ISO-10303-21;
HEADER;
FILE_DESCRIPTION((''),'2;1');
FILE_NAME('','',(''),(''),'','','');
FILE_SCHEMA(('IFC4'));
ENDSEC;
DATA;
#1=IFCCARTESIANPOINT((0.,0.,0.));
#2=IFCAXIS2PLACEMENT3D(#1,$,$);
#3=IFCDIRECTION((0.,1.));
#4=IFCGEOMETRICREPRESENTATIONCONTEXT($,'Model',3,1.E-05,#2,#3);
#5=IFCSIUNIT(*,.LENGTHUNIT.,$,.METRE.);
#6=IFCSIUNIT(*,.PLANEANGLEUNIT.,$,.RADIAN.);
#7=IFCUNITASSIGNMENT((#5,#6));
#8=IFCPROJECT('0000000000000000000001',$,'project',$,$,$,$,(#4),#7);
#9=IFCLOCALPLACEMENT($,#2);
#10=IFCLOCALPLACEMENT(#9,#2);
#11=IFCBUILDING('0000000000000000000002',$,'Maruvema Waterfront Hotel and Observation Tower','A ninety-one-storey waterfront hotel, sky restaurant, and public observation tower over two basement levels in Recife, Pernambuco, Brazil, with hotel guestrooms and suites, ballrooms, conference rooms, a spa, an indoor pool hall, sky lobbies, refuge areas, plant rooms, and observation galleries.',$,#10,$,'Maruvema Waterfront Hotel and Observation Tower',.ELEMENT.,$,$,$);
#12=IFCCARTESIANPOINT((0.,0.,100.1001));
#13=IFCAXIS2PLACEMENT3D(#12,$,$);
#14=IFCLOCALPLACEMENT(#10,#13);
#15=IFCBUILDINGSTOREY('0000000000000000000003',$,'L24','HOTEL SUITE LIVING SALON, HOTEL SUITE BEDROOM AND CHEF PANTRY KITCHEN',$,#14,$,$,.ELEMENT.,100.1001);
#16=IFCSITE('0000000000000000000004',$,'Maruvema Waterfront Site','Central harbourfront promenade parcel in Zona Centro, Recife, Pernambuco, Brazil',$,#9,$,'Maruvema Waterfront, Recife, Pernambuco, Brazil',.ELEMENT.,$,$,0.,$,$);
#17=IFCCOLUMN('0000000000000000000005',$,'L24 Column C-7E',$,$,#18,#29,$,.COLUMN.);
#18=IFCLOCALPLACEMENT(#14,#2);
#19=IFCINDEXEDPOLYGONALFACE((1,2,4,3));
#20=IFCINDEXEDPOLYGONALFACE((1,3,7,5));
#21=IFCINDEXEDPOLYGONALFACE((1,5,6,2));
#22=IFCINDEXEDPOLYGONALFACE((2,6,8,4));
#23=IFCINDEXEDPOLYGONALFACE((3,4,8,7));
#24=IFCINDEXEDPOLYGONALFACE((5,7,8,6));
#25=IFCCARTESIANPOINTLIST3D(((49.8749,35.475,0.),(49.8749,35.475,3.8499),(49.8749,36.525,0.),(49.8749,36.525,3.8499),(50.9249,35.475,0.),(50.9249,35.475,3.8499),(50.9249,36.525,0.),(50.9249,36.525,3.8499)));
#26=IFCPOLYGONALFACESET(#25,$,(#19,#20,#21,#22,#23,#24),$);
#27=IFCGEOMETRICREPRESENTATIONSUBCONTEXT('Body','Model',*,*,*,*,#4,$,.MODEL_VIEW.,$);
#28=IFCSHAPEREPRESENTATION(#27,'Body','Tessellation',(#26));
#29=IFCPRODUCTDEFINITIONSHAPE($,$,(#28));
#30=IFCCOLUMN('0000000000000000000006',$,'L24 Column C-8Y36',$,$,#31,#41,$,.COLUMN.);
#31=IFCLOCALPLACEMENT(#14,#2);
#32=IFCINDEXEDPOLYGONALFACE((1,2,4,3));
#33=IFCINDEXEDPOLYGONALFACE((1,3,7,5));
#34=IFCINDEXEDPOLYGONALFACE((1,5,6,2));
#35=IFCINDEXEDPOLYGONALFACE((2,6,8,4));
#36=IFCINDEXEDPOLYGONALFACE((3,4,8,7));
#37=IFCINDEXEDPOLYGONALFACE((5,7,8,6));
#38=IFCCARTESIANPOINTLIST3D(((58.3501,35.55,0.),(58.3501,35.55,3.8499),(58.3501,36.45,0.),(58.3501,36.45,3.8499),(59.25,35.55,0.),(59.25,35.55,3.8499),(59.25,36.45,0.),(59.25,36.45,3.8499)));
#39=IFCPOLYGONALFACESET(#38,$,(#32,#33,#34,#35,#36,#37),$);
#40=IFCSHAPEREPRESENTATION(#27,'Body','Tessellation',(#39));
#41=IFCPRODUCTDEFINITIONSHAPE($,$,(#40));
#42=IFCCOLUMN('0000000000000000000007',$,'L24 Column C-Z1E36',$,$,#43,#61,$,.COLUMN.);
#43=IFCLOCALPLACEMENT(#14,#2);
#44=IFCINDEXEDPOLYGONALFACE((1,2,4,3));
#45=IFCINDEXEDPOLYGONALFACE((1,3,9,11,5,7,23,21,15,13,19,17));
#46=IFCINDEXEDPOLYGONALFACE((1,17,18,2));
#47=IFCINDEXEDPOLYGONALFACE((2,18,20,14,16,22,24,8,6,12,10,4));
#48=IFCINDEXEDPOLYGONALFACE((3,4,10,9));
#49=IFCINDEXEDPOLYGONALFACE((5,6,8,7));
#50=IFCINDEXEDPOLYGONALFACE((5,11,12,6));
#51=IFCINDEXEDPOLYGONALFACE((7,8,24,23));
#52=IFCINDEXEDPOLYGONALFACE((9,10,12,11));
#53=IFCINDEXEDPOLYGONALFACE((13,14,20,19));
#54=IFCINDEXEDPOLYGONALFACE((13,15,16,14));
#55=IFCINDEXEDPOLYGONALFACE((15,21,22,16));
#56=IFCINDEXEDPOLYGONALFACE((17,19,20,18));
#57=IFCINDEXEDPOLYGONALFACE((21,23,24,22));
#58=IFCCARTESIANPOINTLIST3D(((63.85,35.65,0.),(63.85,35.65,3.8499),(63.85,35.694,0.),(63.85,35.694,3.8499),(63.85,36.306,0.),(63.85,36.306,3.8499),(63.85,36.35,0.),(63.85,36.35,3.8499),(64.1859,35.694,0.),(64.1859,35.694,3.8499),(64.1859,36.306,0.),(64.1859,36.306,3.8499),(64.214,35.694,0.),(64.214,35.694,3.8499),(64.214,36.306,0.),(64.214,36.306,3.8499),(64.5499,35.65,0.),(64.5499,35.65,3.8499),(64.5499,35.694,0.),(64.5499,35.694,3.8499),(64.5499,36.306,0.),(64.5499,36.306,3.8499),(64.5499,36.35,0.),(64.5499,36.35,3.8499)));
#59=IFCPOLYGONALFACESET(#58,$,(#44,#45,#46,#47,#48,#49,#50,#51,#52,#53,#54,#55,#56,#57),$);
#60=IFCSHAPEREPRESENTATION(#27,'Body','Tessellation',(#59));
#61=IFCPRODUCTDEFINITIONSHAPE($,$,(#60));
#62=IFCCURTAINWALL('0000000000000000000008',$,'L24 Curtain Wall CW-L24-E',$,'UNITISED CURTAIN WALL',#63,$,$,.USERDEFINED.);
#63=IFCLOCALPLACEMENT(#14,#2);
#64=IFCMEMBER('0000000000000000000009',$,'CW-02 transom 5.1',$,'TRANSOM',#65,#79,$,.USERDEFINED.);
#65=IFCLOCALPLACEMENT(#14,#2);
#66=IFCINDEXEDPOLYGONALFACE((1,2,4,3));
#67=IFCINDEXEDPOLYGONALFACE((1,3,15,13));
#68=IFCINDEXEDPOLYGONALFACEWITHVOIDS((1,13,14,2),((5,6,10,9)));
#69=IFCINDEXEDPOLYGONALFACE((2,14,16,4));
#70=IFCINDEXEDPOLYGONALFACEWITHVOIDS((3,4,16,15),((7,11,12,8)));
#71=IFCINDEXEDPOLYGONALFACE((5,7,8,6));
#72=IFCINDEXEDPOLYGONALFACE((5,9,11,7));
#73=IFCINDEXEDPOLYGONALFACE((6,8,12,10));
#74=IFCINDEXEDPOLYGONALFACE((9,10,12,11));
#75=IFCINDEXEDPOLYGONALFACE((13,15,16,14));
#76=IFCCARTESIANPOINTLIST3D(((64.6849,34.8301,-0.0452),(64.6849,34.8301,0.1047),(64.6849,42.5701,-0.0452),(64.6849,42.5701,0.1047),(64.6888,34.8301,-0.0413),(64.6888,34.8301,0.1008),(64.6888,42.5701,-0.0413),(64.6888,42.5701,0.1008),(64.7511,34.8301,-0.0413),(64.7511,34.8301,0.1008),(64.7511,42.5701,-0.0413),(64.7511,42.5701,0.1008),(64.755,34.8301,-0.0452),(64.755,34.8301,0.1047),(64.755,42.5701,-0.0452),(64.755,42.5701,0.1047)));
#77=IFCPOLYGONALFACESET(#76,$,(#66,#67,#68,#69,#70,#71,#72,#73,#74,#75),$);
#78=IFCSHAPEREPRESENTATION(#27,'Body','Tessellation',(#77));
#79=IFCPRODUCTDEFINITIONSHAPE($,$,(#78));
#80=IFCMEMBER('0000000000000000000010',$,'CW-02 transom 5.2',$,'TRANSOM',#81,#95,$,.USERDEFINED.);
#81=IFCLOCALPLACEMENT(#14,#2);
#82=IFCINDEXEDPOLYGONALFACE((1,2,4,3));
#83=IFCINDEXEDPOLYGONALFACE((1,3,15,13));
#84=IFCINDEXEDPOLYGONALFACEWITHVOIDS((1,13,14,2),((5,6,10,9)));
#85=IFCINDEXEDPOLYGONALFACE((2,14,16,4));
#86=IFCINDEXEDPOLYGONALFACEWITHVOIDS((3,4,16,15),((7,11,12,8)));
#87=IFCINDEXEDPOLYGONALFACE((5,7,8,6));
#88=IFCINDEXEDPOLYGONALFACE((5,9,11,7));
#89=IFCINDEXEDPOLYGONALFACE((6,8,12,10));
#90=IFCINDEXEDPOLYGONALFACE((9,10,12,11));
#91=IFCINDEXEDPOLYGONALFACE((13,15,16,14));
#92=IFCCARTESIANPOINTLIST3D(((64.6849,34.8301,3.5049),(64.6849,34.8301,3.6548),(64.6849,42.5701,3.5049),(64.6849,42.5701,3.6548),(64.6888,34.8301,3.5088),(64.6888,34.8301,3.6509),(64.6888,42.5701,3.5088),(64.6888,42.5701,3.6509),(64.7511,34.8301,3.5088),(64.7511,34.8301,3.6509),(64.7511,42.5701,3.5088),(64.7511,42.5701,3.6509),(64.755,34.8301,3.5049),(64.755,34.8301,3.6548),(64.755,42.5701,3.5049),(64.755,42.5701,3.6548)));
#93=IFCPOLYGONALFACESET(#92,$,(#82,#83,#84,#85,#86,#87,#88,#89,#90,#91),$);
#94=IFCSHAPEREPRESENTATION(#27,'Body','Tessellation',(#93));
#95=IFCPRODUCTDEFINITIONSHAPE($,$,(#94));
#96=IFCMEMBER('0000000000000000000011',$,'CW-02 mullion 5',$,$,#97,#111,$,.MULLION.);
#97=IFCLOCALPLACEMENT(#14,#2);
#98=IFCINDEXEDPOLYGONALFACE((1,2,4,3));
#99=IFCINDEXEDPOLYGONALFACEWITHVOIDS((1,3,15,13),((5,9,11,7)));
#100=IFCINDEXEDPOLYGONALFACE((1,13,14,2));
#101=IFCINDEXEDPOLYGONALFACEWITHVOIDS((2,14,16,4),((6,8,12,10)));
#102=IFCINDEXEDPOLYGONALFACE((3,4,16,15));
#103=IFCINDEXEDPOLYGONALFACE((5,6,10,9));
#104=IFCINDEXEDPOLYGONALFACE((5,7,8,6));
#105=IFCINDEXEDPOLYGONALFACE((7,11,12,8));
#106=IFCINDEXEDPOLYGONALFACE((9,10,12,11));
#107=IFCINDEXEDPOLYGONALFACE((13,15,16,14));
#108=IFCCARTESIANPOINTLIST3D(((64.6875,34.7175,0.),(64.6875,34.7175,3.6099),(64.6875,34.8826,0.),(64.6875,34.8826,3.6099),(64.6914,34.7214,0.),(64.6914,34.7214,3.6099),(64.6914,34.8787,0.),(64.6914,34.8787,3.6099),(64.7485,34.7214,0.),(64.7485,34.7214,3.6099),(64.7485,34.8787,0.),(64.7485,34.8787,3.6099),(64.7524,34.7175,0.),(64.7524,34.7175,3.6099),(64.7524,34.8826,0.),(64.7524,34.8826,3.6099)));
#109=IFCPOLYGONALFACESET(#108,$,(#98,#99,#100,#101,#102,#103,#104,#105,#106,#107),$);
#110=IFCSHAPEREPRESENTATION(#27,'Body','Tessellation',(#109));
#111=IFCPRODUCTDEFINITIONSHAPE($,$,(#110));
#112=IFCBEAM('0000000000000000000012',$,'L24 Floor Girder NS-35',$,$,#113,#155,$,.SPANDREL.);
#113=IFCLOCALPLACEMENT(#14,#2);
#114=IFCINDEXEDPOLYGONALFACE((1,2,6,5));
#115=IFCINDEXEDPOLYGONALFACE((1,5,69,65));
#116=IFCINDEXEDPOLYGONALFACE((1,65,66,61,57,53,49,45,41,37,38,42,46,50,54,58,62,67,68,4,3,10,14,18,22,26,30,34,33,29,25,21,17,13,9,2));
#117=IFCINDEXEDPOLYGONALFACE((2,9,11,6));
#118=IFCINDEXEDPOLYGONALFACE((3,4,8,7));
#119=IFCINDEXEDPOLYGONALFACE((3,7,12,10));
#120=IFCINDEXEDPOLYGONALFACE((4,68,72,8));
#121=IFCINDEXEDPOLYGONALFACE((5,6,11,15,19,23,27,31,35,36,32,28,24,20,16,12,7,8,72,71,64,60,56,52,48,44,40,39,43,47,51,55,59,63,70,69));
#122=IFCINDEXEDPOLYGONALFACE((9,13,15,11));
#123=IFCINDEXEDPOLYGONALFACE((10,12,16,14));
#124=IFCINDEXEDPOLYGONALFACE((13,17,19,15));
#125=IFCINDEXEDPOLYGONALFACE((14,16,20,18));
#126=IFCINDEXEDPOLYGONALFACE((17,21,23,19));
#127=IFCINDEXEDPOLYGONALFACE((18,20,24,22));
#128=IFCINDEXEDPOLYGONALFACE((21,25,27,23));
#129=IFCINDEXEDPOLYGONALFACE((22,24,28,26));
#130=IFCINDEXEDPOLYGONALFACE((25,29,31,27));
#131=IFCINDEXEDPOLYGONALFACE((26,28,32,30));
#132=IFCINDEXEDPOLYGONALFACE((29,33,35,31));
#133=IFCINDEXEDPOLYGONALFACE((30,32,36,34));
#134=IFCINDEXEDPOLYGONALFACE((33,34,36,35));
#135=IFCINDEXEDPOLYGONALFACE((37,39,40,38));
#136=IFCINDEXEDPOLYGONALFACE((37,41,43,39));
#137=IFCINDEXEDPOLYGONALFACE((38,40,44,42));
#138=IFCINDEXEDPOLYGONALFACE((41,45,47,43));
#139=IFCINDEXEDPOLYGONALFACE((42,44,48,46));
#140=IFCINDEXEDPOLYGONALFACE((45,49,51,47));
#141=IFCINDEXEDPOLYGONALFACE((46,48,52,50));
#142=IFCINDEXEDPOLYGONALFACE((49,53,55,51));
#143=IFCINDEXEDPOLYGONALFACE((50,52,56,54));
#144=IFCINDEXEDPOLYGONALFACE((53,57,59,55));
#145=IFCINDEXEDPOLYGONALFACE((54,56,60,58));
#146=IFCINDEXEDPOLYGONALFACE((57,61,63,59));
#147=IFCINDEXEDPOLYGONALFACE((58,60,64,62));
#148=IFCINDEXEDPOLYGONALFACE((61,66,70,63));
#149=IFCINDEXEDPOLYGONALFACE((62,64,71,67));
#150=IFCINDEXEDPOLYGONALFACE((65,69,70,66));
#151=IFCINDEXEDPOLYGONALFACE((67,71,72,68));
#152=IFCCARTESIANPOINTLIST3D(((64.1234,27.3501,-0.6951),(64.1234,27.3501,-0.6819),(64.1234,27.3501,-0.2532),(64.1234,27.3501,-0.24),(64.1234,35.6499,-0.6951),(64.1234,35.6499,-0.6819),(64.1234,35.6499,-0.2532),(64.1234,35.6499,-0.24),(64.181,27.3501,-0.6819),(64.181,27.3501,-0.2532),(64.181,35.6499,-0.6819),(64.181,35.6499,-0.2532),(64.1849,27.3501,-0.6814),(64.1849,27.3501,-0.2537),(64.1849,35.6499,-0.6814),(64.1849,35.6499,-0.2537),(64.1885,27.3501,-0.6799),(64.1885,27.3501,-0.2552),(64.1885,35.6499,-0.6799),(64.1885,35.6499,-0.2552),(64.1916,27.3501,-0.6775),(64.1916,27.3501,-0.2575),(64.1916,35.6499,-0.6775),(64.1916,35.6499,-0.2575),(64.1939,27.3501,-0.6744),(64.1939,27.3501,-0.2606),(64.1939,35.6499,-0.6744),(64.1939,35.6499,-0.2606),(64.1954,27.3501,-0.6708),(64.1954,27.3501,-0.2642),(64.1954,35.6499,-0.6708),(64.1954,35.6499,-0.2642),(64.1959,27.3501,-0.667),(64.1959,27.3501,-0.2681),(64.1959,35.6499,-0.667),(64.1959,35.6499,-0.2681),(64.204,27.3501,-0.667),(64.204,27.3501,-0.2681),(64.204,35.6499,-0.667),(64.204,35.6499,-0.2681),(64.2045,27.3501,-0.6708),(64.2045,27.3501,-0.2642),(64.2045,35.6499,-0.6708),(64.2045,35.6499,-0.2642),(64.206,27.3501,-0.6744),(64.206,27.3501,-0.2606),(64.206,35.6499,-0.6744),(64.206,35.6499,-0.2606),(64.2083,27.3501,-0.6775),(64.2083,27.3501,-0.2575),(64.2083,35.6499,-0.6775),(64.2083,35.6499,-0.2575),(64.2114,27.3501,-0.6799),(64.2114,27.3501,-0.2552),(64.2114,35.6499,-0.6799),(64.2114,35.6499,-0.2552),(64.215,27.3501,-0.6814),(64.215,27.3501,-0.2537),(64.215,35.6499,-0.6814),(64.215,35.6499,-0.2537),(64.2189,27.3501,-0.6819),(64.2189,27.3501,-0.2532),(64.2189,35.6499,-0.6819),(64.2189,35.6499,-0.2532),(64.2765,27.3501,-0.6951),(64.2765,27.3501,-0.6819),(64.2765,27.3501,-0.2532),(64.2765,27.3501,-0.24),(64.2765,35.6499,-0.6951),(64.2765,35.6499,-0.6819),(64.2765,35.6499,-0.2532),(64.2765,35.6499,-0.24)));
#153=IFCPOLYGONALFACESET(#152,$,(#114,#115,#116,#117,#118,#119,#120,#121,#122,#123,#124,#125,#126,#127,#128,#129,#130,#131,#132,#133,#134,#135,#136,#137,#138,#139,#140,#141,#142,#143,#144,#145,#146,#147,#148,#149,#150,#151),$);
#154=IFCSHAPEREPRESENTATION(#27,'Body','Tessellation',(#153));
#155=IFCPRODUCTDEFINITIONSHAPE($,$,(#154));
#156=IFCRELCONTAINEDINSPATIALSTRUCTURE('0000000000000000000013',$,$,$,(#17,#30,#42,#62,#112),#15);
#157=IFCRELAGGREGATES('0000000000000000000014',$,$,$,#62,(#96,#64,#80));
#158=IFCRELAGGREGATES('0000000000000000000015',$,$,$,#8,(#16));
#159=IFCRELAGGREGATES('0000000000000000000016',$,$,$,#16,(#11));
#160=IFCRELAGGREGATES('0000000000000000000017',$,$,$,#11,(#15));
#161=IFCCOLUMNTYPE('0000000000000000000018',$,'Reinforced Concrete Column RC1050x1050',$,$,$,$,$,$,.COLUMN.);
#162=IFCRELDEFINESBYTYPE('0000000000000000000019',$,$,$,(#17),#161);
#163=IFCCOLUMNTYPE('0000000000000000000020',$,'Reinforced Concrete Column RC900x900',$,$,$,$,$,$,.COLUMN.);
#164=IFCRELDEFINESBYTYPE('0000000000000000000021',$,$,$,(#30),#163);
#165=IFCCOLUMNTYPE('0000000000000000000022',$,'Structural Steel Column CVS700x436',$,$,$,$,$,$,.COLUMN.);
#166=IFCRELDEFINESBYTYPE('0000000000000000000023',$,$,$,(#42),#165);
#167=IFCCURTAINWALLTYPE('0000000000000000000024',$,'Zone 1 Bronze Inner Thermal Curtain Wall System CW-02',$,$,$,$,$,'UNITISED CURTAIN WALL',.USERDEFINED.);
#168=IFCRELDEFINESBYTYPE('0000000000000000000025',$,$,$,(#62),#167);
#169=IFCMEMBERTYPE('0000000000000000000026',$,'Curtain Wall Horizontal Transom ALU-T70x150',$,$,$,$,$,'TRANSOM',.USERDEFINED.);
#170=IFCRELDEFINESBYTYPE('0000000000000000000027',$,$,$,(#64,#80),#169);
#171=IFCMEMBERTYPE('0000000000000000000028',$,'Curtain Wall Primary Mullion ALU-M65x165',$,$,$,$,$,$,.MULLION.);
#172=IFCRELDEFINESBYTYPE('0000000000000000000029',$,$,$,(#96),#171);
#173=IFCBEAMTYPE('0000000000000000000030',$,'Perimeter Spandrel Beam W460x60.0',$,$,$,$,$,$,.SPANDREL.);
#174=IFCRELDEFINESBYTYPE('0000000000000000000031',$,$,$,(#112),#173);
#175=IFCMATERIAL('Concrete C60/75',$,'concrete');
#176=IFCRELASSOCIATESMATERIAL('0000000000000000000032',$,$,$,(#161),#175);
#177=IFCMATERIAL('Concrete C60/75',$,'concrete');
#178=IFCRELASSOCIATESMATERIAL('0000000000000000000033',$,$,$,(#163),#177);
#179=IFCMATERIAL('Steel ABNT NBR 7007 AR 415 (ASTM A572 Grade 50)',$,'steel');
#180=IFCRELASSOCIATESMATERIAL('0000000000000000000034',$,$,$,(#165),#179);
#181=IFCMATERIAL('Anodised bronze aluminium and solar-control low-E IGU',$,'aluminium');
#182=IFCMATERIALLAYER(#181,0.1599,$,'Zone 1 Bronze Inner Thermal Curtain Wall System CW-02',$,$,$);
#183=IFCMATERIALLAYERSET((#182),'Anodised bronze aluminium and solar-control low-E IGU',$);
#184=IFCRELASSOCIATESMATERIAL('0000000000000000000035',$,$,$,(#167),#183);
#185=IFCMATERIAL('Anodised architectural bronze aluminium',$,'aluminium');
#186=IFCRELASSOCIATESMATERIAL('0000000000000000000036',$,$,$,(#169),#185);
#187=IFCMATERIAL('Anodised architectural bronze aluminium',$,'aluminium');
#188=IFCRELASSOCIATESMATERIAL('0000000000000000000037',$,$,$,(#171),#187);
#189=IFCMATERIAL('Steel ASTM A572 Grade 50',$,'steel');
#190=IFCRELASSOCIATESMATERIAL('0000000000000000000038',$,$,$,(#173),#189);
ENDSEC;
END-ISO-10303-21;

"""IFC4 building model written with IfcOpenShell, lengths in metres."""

from ifc_helpers import new_model, si_unit, direction, frame, origin, origin_2d, place, context, subcontext, project, spatial, rectangle, hollow_rectangle, i_section, extrude, material, layer, layer_set, material_profile, profile_set, type_object, element, aggregate, save


model = new_model("IFC4")

# Units and contexts
model_context = context("Model", 3, precision=1e-05, world=origin(), true_north=direction((0.0, 1.0)))
body_context = subcontext(model_context, "Body", "Model", "MODEL_VIEW")
ifc_project = project(units=[si_unit("LENGTHUNIT", "METRE"), si_unit("PLANEANGLEUNIT", "RADIAN")], contexts=[model_context])

# Site, building, storey
site_placement = place(None, origin())
site = spatial("IfcSite", under=ifc_project, at=site_placement, Name="Maruvema Waterfront Site", Description="Central harbourfront promenade parcel in Zona Centro, Recife, Pernambuco, Brazil", LongName="Maruvema Waterfront, Recife, Pernambuco, Brazil", CompositionType="ELEMENT", RefElevation=0.0)
building_placement = place(site_placement, origin())
building = spatial("IfcBuilding", under=site, at=building_placement, Name="Maruvema Waterfront Hotel and Observation Tower", Description="A ninety-one-storey waterfront hotel, sky restaurant, and public observation tower over two basement levels in Recife, Pernambuco, Brazil, with hotel guestrooms and suites, ballrooms, conference rooms, a spa, an indoor pool hall, sky lobbies, refuge areas, plant rooms, and observation galleries.", LongName="Maruvema Waterfront Hotel and Observation Tower", CompositionType="ELEMENT")
storey_placement = place(building_placement, frame((0.0, 0.0, 100.1001)))
storey = spatial("IfcBuildingStorey", under=building, at=storey_placement, Name="L24", Description="HOTEL SUITE LIVING SALON, HOTEL SUITE BEDROOM AND CHEF PANTRY KITCHEN", CompositionType="ELEMENT", Elevation=100.1001)

# Columns
ifc_material_1 = material(Name="Concrete C60/75", Category="concrete")
ifc_material_profile_1 = material_profile(ifc_material_1, rectangle(XDim=1.05, YDim=1.05, at=origin_2d()), Name="RC1050x1050")
ifc_profile_set_1 = profile_set([ifc_material_profile_1], Name="Concrete C60/75")
column_type_1 = type_object("IfcColumnType", Name="Reinforced Concrete Column RC1050x1050", PredefinedType="COLUMN", material=ifc_profile_set_1)
column_1_placement = place(storey_placement, frame((50.3999, 36.0, 0.0), z_axis=(0.0, 0.0, 1.0), x_axis=(1.0, 0.0, 0.0)))
element("IfcColumn", 1, at=column_1_placement, inside=storey, type_object=column_type_1, Name="L24 Column C-7E", PredefinedType="COLUMN", context=body_context, shape_type="SweptSolid", body=[
    extrude(rectangle(XDim=1.05, YDim=1.05, at=origin_2d()), origin(), (0.0, 0.0, 1.0), 3.8499),
])
ifc_material_2 = material(Name="Concrete C60/75", Category="concrete")
ifc_material_profile_2 = material_profile(ifc_material_2, rectangle(XDim=0.8999, YDim=0.8999, at=origin_2d()), Name="RC900x900")
ifc_profile_set_2 = profile_set([ifc_material_profile_2], Name="Concrete C60/75")
column_type_2 = type_object("IfcColumnType", Name="Reinforced Concrete Column RC900x900", PredefinedType="COLUMN", material=ifc_profile_set_2)
column_2_placement = place(storey_placement, frame((58.8, 36.0, 0.0), z_axis=(0.0, 0.0, 1.0), x_axis=(1.0, 0.0, 0.0)))
element("IfcColumn", 2, at=column_2_placement, inside=storey, type_object=column_type_2, Name="L24 Column C-8Y36", PredefinedType="COLUMN", context=body_context, shape_type="SweptSolid", body=[
    extrude(rectangle(XDim=0.8999, YDim=0.8999, at=origin_2d()), origin(), (0.0, 0.0, 1.0), 3.8499),
])
ifc_material_3 = material(Name="Steel ABNT NBR 7007 AR 415 (ASTM A572 Grade 50)", Category="steel")
ifc_material_profile_3 = material_profile(ifc_material_3, i_section(OverallWidth=0.7, OverallDepth=0.7, WebThickness=0.0281, FlangeThickness=0.0439, at=origin_2d()), Name="CVS700x436")
ifc_profile_set_3 = profile_set([ifc_material_profile_3], Name="Steel ABNT NBR 7007 AR 415 (ASTM A572 Grade 50)")
column_type_3 = type_object("IfcColumnType", Name="Structural Steel Column CVS700x436", PredefinedType="COLUMN", material=ifc_profile_set_3)
column_3_placement = place(storey_placement, frame((64.2, 36.0, 0.0), z_axis=(0.0, 0.0, 1.0), x_axis=(1.0, 0.0, 0.0)))
element("IfcColumn", 3, at=column_3_placement, inside=storey, type_object=column_type_3, Name="L24 Column C-Z1E36", PredefinedType="COLUMN", context=body_context, shape_type="SweptSolid", body=[
    extrude(i_section(OverallWidth=0.7, OverallDepth=0.7, WebThickness=0.0281, FlangeThickness=0.0439, at=origin_2d()), origin(), (0.0, 0.0, 1.0), 3.8499),
])

# Curtain wall, members
ifc_material_4 = material(Name="Anodised bronze aluminium and solar-control low-E IGU", Category="aluminium")
ifc_layer_1 = layer(ifc_material_4, 0.1599, Name="Zone 1 Bronze Inner Thermal Curtain Wall System CW-02")
ifc_layer_set_1 = layer_set([ifc_layer_1], Name="Anodised bronze aluminium and solar-control low-E IGU")
curtain_wall_type = type_object("IfcCurtainWallType", Name="Zone 1 Bronze Inner Thermal Curtain Wall System CW-02", ElementType="UNITISED CURTAIN WALL", PredefinedType="USERDEFINED", material=ifc_layer_set_1)
curtain_wall_placement = place(storey_placement, origin())
curtain_wall = element("IfcCurtainWall", 4, at=curtain_wall_placement, inside=storey, type_object=curtain_wall_type, Name="L24 Curtain Wall CW-L24-E", ObjectType="UNITISED CURTAIN WALL", PredefinedType="USERDEFINED")
ifc_material_5 = material(Name="Anodised architectural bronze aluminium", Category="aluminium")
ifc_material_profile_4 = material_profile(ifc_material_5, hollow_rectangle(XDim=0.0701, YDim=0.1499, WallThickness=0.0039, at=origin_2d()), Name="ALU-T70x150")
ifc_profile_set_4 = profile_set([ifc_material_profile_4], Name="Anodised architectural bronze aluminium")
member_type_1 = type_object("IfcMemberType", Name="Curtain Wall Horizontal Transom ALU-T70x150", ElementType="TRANSOM", PredefinedType="USERDEFINED", material=ifc_profile_set_4)
member_1_placement = place(storey_placement, frame((64.72, 34.8301, 0.0298), z_axis=(0.0, 1.0, 0.0), x_axis=(-1.0, 0.0, 0.0)))
member_1 = element("IfcMember", 5, at=member_1_placement, type_object=member_type_1, Name="CW-02 transom 5.1", ObjectType="TRANSOM", PredefinedType="USERDEFINED", context=body_context, shape_type="SweptSolid", body=[
    extrude(hollow_rectangle(XDim=0.0701, YDim=0.1499, WallThickness=0.0039, at=origin_2d()), origin(), (0.0, 0.0, 1.0), 7.74),
])
member_2_placement = place(storey_placement, frame((64.72, 34.8301, 3.5798), z_axis=(0.0, 1.0, 0.0), x_axis=(-1.0, 0.0, 0.0)))
member_2 = element("IfcMember", 6, at=member_2_placement, type_object=member_type_1, Name="CW-02 transom 5.2", ObjectType="TRANSOM", PredefinedType="USERDEFINED", context=body_context, shape_type="SweptSolid", body=[
    extrude(hollow_rectangle(XDim=0.0701, YDim=0.1499, WallThickness=0.0039, at=origin_2d()), origin(), (0.0, 0.0, 1.0), 7.74),
])
ifc_material_6 = material(Name="Anodised architectural bronze aluminium", Category="aluminium")
ifc_material_profile_5 = material_profile(ifc_material_6, hollow_rectangle(XDim=0.0649, YDim=0.165, WallThickness=0.0039, at=origin_2d()), Name="ALU-M65x165")
ifc_profile_set_5 = profile_set([ifc_material_profile_5], Name="Anodised architectural bronze aluminium")
member_type_2 = type_object("IfcMemberType", Name="Curtain Wall Primary Mullion ALU-M65x165", PredefinedType="MULLION", material=ifc_profile_set_5)
member_3_placement = place(storey_placement, frame((64.72, 34.8, 0.0), z_axis=(0.0, 0.0, 1.0), x_axis=(-1.0, 0.0, 0.0)))
member_3 = element("IfcMember", 7, at=member_3_placement, type_object=member_type_2, Name="CW-02 mullion 5", PredefinedType="MULLION", context=body_context, shape_type="SweptSolid", body=[
    extrude(hollow_rectangle(XDim=0.0649, YDim=0.165, WallThickness=0.0039, at=origin_2d()), origin(), (0.0, 0.0, 1.0), 3.6099),
])

# Beam
ifc_material_7 = material(Name="Steel ASTM A572 Grade 50", Category="steel")
ifc_material_profile_6 = material_profile(ifc_material_7, i_section(OverallWidth=0.1531, OverallDepth=0.4551, WebThickness=0.0081, FlangeThickness=0.0132, FilletRadius=0.0149, at=origin_2d()), Name="W460x60.0")
ifc_profile_set_6 = profile_set([ifc_material_profile_6], Name="Steel ASTM A572 Grade 50")
beam_type_1 = type_object("IfcBeamType", Name="Perimeter Spandrel Beam W460x60.0", PredefinedType="SPANDREL", material=ifc_profile_set_6)
for number, where, z_axis, x_axis, name in (
    (8, (64.2, 27.3501, -0.4675), (0.0, 1.0, 0.0), (-1.0, 0.0, 0.0), "L24 Floor Girder NS-35"),
):
    element("IfcBeam", number, at=place(storey_placement, frame(where, z_axis=z_axis, x_axis=x_axis)), inside=storey, type_object=beam_type_1, Name=name, PredefinedType="SPANDREL", context=body_context, shape_type="SweptSolid", body=[
        extrude(i_section(OverallWidth=0.1531, OverallDepth=0.4551, WebThickness=0.0081, FlangeThickness=0.0132, FilletRadius=0.0149, at=origin_2d()), origin(), (0.0, 0.0, 1.0), 8.2998),
    ])

aggregate(curtain_wall, [member_3, member_1, member_2])

save(model, "model.ifc")
